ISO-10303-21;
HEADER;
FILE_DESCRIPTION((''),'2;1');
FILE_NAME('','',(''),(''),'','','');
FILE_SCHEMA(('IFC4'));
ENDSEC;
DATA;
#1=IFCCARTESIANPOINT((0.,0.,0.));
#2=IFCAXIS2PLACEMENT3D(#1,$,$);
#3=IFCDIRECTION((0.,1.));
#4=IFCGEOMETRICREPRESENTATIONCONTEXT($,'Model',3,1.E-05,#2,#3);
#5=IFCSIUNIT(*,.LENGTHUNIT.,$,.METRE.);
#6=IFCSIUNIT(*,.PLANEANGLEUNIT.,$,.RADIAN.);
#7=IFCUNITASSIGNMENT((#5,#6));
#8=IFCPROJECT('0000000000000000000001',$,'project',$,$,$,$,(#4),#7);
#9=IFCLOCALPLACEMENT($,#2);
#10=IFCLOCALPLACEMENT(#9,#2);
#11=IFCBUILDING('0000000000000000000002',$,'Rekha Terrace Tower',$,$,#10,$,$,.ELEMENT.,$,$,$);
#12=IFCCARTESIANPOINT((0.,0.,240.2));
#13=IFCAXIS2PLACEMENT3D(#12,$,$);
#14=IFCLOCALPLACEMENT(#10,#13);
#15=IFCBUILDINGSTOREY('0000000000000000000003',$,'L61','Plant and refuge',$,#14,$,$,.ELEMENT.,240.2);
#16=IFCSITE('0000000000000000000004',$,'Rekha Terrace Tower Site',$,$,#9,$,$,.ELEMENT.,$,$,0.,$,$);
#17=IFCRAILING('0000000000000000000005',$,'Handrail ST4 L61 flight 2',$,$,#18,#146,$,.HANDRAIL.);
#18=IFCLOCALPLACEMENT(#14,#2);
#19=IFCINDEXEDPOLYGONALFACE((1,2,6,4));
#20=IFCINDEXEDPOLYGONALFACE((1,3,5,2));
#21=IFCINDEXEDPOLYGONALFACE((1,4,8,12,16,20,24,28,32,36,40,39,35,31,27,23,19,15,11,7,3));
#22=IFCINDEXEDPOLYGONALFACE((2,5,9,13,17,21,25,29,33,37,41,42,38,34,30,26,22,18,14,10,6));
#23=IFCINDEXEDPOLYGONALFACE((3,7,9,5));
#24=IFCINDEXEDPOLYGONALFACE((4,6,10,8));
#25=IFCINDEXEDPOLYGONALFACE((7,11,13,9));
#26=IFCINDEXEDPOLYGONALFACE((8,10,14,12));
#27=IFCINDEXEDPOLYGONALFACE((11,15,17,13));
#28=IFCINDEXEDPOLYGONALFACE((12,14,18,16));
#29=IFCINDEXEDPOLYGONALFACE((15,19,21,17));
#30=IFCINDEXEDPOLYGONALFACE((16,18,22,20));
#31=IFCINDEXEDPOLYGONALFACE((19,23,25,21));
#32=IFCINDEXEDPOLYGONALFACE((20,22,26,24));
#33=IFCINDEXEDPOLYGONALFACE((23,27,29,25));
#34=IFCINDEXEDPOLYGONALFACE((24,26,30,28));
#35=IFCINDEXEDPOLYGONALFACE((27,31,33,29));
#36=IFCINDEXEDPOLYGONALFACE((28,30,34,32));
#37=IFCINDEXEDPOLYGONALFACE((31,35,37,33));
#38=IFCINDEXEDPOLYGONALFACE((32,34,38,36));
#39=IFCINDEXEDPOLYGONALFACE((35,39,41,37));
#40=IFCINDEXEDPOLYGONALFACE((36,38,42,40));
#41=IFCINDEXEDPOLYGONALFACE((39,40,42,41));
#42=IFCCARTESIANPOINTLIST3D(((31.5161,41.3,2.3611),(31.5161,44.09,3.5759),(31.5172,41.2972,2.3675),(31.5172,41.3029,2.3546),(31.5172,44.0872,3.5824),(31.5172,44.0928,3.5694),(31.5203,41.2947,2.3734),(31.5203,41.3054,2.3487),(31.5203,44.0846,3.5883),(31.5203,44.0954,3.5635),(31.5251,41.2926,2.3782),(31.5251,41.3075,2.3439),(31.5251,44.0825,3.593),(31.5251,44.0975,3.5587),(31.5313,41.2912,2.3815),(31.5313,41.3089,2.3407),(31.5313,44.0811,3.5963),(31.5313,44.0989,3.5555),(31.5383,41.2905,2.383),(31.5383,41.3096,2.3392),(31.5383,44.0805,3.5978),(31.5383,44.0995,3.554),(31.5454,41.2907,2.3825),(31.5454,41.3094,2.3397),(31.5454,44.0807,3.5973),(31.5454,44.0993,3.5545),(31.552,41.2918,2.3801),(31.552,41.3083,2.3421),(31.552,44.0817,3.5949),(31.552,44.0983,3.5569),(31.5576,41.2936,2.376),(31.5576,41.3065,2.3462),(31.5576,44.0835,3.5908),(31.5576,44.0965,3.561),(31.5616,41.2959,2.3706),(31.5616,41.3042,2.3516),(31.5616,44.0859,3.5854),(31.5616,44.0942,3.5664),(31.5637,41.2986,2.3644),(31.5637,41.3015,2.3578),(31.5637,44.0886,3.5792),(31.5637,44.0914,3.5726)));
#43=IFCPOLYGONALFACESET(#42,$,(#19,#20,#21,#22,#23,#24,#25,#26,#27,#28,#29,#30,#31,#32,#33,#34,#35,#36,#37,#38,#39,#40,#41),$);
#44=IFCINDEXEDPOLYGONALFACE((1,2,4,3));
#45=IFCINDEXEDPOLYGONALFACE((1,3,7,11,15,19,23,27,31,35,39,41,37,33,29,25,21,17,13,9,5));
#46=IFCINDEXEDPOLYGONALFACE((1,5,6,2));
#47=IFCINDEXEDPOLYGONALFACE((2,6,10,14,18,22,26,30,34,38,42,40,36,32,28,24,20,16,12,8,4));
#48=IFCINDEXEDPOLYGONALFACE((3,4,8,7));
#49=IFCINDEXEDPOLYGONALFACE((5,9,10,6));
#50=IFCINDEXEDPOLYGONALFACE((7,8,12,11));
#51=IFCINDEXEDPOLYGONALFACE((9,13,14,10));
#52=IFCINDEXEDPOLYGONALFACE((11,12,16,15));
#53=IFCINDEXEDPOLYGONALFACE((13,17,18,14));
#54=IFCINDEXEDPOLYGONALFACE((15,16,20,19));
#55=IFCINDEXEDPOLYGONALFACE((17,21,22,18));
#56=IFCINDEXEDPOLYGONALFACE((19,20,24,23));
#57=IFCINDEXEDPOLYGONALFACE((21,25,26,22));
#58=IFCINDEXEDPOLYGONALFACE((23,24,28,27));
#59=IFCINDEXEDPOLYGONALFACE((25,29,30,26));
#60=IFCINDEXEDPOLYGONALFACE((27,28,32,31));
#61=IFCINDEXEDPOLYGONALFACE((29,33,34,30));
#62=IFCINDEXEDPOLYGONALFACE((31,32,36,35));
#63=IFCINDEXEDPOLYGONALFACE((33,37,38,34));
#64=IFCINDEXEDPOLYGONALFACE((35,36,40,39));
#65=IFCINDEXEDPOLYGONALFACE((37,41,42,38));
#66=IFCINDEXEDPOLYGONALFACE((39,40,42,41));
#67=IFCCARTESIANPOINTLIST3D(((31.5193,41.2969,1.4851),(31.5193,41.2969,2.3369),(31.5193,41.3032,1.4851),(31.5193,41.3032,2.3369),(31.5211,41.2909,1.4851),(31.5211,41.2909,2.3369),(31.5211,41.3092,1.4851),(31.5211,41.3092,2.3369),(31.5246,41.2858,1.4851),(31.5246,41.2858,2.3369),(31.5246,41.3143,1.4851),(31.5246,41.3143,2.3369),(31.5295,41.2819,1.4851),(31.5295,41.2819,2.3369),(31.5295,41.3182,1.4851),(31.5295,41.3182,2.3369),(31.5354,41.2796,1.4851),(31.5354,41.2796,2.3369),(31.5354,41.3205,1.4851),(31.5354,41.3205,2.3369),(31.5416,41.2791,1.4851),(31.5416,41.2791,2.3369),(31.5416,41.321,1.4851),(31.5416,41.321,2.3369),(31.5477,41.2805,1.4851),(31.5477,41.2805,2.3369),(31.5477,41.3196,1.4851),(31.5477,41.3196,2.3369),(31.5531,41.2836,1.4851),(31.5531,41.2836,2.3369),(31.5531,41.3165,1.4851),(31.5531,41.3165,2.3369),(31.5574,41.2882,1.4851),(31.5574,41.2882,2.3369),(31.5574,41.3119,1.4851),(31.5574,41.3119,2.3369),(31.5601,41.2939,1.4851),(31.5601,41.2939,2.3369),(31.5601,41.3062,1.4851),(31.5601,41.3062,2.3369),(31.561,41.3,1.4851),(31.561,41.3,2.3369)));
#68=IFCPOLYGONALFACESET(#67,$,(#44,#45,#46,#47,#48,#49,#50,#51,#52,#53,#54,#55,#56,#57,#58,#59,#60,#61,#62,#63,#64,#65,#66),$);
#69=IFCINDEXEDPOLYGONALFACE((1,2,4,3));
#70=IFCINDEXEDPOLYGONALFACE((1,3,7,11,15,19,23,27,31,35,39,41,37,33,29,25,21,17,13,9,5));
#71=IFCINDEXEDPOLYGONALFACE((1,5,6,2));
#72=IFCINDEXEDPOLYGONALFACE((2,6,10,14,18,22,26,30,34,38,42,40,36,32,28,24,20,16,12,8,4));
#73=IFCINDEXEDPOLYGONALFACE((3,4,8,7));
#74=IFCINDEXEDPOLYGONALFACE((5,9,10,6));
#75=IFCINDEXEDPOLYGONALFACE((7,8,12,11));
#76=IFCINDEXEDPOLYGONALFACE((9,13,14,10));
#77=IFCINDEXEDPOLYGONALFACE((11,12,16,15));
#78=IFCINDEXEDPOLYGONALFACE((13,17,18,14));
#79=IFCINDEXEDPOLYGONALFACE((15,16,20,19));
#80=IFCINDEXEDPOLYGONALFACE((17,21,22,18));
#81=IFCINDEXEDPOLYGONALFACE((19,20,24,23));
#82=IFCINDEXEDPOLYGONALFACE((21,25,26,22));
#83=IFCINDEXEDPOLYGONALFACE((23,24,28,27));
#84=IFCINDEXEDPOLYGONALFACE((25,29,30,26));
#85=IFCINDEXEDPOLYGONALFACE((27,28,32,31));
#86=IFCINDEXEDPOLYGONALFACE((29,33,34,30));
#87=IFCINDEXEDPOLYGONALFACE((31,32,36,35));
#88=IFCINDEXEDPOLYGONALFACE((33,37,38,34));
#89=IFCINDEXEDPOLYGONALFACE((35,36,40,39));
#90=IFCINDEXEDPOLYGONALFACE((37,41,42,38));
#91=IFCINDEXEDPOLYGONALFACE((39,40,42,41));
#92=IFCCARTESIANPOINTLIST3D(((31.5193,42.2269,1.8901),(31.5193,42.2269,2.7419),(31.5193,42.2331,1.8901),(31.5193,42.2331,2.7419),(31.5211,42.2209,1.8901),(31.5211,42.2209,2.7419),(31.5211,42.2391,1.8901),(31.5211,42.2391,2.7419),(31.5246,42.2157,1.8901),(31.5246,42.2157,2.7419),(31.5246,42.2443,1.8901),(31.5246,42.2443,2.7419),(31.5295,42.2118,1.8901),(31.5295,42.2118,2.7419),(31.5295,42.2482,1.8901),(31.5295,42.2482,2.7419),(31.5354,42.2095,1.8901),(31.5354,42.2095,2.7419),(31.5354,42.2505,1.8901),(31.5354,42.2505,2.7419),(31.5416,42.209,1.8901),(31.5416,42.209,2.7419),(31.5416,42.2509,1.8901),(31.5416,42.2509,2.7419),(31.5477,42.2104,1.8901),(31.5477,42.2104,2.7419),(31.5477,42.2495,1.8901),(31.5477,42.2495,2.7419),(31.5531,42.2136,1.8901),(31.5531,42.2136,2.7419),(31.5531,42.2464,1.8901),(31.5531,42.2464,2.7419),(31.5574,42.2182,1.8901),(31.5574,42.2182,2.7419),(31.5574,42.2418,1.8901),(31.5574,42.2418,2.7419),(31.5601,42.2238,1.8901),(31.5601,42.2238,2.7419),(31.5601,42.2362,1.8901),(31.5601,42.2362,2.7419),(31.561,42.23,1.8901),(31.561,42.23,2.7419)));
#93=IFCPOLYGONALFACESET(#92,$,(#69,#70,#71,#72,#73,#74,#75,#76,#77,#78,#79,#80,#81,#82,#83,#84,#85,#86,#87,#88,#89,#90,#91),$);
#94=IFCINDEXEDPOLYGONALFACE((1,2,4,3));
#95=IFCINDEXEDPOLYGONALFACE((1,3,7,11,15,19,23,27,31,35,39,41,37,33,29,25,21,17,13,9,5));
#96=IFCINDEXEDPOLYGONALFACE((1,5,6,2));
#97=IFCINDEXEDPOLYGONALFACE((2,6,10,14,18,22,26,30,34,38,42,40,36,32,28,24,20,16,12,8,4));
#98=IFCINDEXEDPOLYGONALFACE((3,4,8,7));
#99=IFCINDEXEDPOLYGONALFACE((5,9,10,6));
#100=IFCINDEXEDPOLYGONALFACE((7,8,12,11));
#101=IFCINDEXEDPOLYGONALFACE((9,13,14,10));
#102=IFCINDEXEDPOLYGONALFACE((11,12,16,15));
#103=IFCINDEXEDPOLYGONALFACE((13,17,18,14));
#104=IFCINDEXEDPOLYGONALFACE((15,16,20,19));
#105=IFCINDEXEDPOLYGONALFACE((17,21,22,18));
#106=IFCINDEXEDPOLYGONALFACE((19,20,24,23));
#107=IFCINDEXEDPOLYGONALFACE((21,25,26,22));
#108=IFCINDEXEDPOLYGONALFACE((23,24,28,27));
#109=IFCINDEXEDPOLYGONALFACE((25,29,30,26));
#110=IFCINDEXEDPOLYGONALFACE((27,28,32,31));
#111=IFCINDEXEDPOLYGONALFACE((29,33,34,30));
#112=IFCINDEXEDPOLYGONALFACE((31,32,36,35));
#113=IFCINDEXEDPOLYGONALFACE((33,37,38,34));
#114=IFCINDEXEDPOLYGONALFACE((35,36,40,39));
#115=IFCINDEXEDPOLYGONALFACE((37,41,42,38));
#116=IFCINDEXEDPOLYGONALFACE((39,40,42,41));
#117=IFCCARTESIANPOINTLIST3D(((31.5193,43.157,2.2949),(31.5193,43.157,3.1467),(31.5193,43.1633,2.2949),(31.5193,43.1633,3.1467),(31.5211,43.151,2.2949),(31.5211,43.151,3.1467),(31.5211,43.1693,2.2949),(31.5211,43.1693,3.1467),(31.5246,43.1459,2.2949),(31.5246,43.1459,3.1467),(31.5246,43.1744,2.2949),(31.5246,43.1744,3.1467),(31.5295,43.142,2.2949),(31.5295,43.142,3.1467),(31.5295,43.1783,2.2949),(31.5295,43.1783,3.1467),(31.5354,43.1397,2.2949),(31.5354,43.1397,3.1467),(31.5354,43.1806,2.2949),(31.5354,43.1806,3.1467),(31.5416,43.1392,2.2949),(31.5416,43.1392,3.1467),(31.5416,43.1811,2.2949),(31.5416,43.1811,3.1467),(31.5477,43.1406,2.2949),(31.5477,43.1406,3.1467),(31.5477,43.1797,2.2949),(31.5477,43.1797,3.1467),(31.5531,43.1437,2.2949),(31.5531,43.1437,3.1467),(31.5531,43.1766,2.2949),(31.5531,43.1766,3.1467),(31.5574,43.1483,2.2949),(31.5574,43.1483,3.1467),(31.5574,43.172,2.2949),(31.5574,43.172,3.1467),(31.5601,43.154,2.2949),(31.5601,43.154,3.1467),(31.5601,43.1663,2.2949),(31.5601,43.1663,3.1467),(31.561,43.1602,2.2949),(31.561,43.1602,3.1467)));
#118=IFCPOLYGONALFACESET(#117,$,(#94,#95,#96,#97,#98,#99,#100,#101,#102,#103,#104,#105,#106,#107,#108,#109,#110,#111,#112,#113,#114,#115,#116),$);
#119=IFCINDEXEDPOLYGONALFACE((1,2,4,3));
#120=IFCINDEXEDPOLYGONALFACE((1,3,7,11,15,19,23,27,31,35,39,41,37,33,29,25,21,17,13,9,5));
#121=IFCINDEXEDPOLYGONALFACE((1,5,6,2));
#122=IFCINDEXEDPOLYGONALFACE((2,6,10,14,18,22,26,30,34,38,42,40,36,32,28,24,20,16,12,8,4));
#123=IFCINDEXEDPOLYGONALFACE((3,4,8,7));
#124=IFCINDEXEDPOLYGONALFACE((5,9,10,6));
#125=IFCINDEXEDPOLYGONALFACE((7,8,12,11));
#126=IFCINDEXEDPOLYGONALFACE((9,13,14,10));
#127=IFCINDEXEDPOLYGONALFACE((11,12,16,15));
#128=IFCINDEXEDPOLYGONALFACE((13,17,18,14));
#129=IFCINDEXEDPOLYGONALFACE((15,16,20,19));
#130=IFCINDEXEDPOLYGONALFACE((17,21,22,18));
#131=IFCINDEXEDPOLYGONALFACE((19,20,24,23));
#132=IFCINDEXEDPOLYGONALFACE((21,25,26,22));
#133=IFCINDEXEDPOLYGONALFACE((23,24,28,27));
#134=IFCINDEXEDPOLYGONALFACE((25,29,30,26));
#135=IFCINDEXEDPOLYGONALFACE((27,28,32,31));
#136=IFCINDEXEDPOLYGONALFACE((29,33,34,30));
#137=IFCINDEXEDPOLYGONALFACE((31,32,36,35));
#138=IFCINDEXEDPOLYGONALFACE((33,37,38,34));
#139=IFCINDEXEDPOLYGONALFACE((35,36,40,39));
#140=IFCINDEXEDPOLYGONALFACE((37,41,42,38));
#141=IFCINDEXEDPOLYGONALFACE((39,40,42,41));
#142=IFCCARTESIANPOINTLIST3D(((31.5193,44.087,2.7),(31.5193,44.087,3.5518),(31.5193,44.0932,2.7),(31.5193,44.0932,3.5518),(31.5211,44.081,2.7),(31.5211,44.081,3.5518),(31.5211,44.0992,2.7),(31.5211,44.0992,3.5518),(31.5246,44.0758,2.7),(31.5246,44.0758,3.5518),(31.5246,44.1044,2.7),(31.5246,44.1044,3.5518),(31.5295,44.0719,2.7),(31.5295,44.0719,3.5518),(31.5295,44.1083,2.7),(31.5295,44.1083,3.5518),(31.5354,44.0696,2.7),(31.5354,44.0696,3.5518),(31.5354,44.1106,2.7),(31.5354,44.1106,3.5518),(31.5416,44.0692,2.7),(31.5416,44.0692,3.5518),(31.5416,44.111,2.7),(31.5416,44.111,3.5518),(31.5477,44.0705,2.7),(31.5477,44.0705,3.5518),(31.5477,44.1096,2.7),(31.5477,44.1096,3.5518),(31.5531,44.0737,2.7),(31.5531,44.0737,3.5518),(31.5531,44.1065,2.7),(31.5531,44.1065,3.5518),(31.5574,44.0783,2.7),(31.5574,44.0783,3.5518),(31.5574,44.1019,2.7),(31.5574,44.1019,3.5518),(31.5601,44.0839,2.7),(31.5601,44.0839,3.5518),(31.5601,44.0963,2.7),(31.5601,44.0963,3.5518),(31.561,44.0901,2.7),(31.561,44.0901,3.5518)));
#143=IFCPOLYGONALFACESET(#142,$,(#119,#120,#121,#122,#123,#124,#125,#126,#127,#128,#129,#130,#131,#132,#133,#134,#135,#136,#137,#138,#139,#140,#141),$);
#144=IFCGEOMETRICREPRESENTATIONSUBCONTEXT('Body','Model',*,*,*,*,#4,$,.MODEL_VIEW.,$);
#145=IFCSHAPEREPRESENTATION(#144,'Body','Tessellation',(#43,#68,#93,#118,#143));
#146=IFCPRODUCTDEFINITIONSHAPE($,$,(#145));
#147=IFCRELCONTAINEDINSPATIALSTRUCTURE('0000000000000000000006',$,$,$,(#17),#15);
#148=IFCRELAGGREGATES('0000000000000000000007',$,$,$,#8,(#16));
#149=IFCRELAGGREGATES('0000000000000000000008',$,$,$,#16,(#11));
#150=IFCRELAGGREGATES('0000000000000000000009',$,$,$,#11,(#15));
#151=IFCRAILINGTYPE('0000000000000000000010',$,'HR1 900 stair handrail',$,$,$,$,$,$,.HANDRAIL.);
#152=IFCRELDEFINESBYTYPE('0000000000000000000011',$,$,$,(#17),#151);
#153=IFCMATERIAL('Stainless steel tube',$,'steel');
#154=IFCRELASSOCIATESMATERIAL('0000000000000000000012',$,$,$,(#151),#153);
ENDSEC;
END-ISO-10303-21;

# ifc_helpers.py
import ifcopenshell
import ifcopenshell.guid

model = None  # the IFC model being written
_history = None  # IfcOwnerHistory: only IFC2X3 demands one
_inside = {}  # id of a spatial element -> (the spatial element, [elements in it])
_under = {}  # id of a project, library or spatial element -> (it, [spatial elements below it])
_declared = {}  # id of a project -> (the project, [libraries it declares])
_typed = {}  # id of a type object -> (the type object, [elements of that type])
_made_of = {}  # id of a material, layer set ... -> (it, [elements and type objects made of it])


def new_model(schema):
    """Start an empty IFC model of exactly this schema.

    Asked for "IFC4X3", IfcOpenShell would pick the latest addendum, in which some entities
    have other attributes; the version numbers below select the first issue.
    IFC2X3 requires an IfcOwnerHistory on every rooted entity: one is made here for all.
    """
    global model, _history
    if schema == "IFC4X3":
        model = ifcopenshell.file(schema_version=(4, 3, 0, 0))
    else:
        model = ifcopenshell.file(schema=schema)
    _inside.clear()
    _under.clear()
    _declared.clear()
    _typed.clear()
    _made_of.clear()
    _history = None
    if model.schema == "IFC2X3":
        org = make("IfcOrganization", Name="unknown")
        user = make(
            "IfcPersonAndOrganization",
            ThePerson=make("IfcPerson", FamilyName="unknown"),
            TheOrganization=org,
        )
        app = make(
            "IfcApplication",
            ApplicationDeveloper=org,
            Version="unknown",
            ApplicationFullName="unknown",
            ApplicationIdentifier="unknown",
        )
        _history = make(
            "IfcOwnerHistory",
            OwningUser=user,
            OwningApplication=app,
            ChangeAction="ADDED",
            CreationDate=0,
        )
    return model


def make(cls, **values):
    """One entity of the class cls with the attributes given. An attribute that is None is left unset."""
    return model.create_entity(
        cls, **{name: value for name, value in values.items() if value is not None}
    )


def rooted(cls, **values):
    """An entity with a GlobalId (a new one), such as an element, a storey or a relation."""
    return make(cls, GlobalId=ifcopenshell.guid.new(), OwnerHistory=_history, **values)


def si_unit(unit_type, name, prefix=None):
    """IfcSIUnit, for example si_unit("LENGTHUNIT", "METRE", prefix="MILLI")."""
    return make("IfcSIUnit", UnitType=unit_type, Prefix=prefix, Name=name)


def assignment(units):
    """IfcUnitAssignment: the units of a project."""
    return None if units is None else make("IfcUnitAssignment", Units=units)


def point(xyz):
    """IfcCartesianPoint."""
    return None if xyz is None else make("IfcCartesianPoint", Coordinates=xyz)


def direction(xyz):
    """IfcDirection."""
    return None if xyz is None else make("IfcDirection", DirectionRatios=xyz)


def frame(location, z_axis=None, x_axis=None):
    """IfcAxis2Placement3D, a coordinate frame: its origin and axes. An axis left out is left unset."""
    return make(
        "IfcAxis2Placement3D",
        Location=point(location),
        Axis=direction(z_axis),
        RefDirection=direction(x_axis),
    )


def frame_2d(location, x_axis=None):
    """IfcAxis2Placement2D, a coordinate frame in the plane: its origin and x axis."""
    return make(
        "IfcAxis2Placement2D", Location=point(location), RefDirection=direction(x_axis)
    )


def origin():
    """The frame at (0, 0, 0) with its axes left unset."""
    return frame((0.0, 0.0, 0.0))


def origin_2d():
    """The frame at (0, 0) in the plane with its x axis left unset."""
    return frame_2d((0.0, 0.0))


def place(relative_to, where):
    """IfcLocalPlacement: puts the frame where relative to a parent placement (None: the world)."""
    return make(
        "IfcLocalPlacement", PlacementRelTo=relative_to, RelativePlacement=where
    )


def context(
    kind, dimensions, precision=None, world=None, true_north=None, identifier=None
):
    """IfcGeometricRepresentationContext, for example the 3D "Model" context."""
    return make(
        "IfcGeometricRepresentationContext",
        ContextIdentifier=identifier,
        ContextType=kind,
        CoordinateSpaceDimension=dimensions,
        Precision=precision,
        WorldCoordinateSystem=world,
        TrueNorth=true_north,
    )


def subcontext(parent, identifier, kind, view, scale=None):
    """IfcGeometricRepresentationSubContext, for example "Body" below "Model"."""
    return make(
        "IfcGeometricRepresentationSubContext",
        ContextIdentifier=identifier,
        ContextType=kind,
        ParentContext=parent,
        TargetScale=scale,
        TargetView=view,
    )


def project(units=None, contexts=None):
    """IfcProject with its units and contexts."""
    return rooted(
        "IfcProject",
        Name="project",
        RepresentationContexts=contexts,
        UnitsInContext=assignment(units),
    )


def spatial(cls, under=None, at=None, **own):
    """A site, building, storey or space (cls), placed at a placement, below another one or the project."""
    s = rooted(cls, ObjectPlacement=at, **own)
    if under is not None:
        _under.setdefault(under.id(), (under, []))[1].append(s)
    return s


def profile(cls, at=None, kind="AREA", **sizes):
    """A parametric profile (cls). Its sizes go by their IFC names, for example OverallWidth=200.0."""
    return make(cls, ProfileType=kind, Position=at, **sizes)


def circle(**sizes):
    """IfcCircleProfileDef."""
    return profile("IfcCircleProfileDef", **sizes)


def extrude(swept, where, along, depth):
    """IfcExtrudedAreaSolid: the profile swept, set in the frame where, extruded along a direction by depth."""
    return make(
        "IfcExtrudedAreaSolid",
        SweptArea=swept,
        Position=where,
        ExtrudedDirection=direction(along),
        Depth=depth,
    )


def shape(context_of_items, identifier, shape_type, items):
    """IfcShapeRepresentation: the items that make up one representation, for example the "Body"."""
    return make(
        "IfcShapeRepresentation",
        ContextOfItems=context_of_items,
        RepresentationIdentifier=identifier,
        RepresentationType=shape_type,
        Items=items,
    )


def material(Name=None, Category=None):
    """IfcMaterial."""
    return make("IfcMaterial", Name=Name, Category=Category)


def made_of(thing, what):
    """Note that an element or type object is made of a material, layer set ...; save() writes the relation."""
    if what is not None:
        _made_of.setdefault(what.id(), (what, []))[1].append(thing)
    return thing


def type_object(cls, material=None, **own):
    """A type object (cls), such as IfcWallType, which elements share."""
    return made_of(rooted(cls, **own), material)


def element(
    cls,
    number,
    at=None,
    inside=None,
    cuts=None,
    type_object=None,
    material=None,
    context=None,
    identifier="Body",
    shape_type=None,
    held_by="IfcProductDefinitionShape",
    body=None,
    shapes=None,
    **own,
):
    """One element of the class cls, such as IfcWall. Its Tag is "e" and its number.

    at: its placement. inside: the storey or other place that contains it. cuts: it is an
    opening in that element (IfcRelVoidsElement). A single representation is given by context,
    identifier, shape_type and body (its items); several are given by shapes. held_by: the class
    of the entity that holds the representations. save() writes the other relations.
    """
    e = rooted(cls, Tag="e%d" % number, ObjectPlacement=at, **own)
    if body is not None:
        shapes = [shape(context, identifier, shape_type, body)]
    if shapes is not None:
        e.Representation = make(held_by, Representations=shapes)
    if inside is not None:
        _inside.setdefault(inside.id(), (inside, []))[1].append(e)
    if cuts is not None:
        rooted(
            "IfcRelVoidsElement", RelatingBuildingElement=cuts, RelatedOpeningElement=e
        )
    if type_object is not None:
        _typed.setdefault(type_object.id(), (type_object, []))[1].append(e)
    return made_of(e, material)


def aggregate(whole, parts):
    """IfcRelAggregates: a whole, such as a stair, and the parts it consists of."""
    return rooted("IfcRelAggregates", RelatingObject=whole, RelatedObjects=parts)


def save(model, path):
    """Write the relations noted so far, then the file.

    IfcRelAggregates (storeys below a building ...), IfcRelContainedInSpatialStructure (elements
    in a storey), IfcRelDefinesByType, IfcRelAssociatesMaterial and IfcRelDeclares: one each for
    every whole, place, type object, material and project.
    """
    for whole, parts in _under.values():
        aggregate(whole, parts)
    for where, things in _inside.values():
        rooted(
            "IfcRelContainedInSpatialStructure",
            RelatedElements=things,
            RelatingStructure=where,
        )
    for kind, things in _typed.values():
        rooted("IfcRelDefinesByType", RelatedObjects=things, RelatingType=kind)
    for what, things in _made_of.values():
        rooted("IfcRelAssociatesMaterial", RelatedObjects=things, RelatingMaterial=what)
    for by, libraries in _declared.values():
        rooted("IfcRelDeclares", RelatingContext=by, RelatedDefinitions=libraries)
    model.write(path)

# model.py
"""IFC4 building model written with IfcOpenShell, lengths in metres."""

from ifc_helpers import new_model, si_unit, direction, frame, origin, origin_2d, place, context, subcontext, project, spatial, circle, extrude, material, type_object, element, save


model = new_model("IFC4")

# Units and contexts
model_context = context("Model", 3, precision=1e-05, world=origin(), true_north=direction((0.0, 1.0)))
body_context = subcontext(model_context, "Body", "Model", "MODEL_VIEW")
ifc_project = project(units=[si_unit("LENGTHUNIT", "METRE"), si_unit("PLANEANGLEUNIT", "RADIAN")], contexts=[model_context])

# Site, building, storey
site_placement = place(None, origin())
site = spatial("IfcSite", under=ifc_project, at=site_placement, Name="Rekha Terrace Tower Site", CompositionType="ELEMENT", RefElevation=0.0)
building_placement = place(site_placement, origin())
building = spatial("IfcBuilding", under=site, at=building_placement, Name="Rekha Terrace Tower", CompositionType="ELEMENT")
storey_placement = place(building_placement, frame((0.0, 0.0, 240.2)))
storey = spatial("IfcBuildingStorey", under=building, at=storey_placement, Name="L61", Description="Plant and refuge", CompositionType="ELEMENT", Elevation=240.2)

# Railing
ifc_material_1 = material(Name="Stainless steel tube", Category="steel")
railing_type_1 = type_object("IfcRailingType", Name="HR1 900 stair handrail", PredefinedType="HANDRAIL", material=ifc_material_1)
railing_1_placement = place(storey_placement, frame((31.54, 41.3, 1.4851)))
element("IfcRailing", 1, at=railing_1_placement, inside=storey, type_object=railing_type_1, Name="Handrail ST4 L61 flight 2", PredefinedType="HANDRAIL", context=body_context, shape_type="SweptSolid", body=[
    extrude(circle(Radius=0.0239, at=origin_2d()), frame((0.0, 0.0, 0.876), z_axis=(0.0, 0.916856, 0.399219), x_axis=(-1.0, 0.0, 0.0)), (0.0, 0.0, 1.0), 3.043),
    extrude(circle(Radius=0.021, at=origin_2d()), origin(), (0.0, 0.0, 1.0), 0.8518),
    extrude(circle(Radius=0.021, at=origin_2d()), frame((0.0, 0.9299, 0.405)), (0.0, 0.0, 1.0), 0.8518),
    extrude(circle(Radius=0.021, at=origin_2d()), frame((0.0, 1.8601, 0.8098)), (0.0, 0.0, 1.0), 0.8518),
    extrude(circle(Radius=0.021, at=origin_2d()), frame((0.0, 2.79, 1.2148)), (0.0, 0.0, 1.0), 0.8518),
])

save(model, "model.ifc")
